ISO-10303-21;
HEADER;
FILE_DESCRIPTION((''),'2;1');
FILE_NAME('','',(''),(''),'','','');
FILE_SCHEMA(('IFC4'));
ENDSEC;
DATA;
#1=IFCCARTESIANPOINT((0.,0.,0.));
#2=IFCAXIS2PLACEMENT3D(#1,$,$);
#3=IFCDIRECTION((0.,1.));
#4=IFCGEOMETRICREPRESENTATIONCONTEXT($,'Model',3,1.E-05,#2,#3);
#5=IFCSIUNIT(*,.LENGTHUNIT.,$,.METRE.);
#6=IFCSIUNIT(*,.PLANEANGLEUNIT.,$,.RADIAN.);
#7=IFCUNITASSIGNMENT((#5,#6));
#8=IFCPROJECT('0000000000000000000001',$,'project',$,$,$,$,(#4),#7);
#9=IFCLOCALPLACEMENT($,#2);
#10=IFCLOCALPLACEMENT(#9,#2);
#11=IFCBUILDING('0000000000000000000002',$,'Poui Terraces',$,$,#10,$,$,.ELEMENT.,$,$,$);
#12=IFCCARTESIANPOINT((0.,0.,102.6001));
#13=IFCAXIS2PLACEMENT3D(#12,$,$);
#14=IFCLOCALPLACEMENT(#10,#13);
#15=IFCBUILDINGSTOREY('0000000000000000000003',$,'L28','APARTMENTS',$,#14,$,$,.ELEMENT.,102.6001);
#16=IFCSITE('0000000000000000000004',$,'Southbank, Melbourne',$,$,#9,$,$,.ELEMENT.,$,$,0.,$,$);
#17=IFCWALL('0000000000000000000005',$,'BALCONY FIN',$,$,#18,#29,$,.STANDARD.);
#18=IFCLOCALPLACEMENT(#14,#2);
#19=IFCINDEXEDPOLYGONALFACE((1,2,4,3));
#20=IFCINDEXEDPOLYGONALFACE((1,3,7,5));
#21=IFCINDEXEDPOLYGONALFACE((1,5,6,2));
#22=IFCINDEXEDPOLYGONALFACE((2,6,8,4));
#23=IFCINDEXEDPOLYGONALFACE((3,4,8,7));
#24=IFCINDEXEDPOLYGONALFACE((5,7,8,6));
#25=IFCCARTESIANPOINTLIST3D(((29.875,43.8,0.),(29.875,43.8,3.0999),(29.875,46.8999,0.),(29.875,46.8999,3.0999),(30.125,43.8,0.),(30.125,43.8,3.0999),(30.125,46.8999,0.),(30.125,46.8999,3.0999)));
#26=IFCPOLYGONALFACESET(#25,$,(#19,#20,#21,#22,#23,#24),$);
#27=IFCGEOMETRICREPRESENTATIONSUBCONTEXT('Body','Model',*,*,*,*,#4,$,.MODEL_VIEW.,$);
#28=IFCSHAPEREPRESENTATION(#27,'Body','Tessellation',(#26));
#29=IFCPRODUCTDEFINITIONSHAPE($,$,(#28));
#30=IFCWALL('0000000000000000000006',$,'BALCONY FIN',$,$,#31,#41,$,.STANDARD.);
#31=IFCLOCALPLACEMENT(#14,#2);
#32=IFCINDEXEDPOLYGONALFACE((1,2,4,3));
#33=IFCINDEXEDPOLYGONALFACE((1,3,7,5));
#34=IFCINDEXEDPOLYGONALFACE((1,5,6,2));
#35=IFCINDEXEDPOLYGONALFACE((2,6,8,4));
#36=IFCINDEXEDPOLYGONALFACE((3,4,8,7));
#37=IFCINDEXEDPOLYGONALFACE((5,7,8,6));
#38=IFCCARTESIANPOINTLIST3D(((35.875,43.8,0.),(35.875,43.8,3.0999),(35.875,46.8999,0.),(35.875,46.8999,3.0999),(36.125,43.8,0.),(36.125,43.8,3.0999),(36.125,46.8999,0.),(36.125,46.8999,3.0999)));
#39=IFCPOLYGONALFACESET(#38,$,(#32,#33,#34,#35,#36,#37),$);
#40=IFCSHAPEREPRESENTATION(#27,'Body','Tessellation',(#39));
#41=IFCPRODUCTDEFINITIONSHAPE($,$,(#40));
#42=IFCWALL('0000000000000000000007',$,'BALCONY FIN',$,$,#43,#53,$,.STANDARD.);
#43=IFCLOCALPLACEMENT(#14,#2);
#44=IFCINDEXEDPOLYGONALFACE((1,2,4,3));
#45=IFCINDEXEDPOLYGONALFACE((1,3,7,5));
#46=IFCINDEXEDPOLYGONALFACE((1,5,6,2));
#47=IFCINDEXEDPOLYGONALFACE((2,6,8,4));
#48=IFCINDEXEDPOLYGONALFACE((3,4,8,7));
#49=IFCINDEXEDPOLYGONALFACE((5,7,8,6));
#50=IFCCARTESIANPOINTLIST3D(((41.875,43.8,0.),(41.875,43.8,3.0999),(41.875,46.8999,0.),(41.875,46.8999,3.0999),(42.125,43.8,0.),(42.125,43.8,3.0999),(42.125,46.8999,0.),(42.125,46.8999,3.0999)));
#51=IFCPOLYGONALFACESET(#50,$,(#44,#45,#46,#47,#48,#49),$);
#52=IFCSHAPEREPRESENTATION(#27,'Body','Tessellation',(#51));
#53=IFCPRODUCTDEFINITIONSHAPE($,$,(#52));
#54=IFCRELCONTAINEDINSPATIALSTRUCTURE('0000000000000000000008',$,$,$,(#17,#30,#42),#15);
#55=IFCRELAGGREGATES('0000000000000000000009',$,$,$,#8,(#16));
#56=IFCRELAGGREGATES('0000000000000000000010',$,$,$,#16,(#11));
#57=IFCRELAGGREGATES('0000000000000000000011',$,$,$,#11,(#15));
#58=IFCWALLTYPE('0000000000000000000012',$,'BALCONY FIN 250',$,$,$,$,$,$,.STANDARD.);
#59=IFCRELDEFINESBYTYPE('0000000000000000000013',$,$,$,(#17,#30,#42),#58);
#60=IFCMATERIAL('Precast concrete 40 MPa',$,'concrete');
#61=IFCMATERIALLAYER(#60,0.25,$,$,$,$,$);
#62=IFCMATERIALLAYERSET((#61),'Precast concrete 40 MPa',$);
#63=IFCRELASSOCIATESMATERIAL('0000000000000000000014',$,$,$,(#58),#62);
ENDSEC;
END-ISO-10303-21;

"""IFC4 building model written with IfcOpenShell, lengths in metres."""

from ifc_helpers import new_model, si_unit, direction, frame, origin, place, context, subcontext, project, spatial, polyline, outline, extrude, source, transform, mapped, material, layer, layer_set, type_object, element, save


model = new_model("IFC4")

# Units and contexts
model_context = context("Model", 3, precision=1e-05, world=origin(), true_north=direction((0.0, 1.0)))
body_context = subcontext(model_context, "Body", "Model", "MODEL_VIEW")
ifc_project = project(units=[si_unit("LENGTHUNIT", "METRE"), si_unit("PLANEANGLEUNIT", "RADIAN")], contexts=[model_context])

# Site, building, storey
site_placement = place(None, origin())
site = spatial("IfcSite", under=ifc_project, at=site_placement, Name="Southbank, Melbourne", CompositionType="ELEMENT", RefElevation=0.0)
building_placement = place(site_placement, origin())
building = spatial("IfcBuilding", under=site, at=building_placement, Name="Poui Terraces", CompositionType="ELEMENT")
storey_placement = place(building_placement, frame((0.0, 0.0, 102.6001)))
storey = spatial("IfcBuildingStorey", under=building, at=storey_placement, Name="L28", Description="APARTMENTS", CompositionType="ELEMENT", Elevation=102.6001)

# Walls
ifc_material_1 = material(Name="Precast concrete 40 MPa", Category="concrete")
ifc_layer_1 = layer(ifc_material_1, 0.25)
ifc_layer_set_1 = layer_set([ifc_layer_1], Name="Precast concrete 40 MPa")
wall_type_1 = type_object("IfcWallType", Name="BALCONY FIN 250", PredefinedType="STANDARD", material=ifc_layer_set_1)
shared_shape_1 = source(origin(), body_context, "Body", "SweptSolid", [
    extrude(outline(polyline([(0.0, 0.0), (0.25, 0.0), (0.25, 3.0999), (0.0, 3.0999), (0.0, 0.0)])), origin(), (0.0, 0.0, 1.0), 3.0999),
])
for number, where, name in (
    (1, (29.875, 43.8, 0.0), "BALCONY FIN"),
    (2, (35.875, 43.8, 0.0), "BALCONY FIN"),
    (3, (41.875, 43.8, 0.0), "BALCONY FIN"),
):
    element("IfcWall", number, at=place(storey_placement, frame(where)), inside=storey, type_object=wall_type_1, Name=name, PredefinedType="STANDARD", context=body_context, shape_type="MappedRepresentation", body=[
        mapped(shared_shape_1, transform((0.0, 0.0, 0.0))),
    ])

save(model, "model.ifc")
